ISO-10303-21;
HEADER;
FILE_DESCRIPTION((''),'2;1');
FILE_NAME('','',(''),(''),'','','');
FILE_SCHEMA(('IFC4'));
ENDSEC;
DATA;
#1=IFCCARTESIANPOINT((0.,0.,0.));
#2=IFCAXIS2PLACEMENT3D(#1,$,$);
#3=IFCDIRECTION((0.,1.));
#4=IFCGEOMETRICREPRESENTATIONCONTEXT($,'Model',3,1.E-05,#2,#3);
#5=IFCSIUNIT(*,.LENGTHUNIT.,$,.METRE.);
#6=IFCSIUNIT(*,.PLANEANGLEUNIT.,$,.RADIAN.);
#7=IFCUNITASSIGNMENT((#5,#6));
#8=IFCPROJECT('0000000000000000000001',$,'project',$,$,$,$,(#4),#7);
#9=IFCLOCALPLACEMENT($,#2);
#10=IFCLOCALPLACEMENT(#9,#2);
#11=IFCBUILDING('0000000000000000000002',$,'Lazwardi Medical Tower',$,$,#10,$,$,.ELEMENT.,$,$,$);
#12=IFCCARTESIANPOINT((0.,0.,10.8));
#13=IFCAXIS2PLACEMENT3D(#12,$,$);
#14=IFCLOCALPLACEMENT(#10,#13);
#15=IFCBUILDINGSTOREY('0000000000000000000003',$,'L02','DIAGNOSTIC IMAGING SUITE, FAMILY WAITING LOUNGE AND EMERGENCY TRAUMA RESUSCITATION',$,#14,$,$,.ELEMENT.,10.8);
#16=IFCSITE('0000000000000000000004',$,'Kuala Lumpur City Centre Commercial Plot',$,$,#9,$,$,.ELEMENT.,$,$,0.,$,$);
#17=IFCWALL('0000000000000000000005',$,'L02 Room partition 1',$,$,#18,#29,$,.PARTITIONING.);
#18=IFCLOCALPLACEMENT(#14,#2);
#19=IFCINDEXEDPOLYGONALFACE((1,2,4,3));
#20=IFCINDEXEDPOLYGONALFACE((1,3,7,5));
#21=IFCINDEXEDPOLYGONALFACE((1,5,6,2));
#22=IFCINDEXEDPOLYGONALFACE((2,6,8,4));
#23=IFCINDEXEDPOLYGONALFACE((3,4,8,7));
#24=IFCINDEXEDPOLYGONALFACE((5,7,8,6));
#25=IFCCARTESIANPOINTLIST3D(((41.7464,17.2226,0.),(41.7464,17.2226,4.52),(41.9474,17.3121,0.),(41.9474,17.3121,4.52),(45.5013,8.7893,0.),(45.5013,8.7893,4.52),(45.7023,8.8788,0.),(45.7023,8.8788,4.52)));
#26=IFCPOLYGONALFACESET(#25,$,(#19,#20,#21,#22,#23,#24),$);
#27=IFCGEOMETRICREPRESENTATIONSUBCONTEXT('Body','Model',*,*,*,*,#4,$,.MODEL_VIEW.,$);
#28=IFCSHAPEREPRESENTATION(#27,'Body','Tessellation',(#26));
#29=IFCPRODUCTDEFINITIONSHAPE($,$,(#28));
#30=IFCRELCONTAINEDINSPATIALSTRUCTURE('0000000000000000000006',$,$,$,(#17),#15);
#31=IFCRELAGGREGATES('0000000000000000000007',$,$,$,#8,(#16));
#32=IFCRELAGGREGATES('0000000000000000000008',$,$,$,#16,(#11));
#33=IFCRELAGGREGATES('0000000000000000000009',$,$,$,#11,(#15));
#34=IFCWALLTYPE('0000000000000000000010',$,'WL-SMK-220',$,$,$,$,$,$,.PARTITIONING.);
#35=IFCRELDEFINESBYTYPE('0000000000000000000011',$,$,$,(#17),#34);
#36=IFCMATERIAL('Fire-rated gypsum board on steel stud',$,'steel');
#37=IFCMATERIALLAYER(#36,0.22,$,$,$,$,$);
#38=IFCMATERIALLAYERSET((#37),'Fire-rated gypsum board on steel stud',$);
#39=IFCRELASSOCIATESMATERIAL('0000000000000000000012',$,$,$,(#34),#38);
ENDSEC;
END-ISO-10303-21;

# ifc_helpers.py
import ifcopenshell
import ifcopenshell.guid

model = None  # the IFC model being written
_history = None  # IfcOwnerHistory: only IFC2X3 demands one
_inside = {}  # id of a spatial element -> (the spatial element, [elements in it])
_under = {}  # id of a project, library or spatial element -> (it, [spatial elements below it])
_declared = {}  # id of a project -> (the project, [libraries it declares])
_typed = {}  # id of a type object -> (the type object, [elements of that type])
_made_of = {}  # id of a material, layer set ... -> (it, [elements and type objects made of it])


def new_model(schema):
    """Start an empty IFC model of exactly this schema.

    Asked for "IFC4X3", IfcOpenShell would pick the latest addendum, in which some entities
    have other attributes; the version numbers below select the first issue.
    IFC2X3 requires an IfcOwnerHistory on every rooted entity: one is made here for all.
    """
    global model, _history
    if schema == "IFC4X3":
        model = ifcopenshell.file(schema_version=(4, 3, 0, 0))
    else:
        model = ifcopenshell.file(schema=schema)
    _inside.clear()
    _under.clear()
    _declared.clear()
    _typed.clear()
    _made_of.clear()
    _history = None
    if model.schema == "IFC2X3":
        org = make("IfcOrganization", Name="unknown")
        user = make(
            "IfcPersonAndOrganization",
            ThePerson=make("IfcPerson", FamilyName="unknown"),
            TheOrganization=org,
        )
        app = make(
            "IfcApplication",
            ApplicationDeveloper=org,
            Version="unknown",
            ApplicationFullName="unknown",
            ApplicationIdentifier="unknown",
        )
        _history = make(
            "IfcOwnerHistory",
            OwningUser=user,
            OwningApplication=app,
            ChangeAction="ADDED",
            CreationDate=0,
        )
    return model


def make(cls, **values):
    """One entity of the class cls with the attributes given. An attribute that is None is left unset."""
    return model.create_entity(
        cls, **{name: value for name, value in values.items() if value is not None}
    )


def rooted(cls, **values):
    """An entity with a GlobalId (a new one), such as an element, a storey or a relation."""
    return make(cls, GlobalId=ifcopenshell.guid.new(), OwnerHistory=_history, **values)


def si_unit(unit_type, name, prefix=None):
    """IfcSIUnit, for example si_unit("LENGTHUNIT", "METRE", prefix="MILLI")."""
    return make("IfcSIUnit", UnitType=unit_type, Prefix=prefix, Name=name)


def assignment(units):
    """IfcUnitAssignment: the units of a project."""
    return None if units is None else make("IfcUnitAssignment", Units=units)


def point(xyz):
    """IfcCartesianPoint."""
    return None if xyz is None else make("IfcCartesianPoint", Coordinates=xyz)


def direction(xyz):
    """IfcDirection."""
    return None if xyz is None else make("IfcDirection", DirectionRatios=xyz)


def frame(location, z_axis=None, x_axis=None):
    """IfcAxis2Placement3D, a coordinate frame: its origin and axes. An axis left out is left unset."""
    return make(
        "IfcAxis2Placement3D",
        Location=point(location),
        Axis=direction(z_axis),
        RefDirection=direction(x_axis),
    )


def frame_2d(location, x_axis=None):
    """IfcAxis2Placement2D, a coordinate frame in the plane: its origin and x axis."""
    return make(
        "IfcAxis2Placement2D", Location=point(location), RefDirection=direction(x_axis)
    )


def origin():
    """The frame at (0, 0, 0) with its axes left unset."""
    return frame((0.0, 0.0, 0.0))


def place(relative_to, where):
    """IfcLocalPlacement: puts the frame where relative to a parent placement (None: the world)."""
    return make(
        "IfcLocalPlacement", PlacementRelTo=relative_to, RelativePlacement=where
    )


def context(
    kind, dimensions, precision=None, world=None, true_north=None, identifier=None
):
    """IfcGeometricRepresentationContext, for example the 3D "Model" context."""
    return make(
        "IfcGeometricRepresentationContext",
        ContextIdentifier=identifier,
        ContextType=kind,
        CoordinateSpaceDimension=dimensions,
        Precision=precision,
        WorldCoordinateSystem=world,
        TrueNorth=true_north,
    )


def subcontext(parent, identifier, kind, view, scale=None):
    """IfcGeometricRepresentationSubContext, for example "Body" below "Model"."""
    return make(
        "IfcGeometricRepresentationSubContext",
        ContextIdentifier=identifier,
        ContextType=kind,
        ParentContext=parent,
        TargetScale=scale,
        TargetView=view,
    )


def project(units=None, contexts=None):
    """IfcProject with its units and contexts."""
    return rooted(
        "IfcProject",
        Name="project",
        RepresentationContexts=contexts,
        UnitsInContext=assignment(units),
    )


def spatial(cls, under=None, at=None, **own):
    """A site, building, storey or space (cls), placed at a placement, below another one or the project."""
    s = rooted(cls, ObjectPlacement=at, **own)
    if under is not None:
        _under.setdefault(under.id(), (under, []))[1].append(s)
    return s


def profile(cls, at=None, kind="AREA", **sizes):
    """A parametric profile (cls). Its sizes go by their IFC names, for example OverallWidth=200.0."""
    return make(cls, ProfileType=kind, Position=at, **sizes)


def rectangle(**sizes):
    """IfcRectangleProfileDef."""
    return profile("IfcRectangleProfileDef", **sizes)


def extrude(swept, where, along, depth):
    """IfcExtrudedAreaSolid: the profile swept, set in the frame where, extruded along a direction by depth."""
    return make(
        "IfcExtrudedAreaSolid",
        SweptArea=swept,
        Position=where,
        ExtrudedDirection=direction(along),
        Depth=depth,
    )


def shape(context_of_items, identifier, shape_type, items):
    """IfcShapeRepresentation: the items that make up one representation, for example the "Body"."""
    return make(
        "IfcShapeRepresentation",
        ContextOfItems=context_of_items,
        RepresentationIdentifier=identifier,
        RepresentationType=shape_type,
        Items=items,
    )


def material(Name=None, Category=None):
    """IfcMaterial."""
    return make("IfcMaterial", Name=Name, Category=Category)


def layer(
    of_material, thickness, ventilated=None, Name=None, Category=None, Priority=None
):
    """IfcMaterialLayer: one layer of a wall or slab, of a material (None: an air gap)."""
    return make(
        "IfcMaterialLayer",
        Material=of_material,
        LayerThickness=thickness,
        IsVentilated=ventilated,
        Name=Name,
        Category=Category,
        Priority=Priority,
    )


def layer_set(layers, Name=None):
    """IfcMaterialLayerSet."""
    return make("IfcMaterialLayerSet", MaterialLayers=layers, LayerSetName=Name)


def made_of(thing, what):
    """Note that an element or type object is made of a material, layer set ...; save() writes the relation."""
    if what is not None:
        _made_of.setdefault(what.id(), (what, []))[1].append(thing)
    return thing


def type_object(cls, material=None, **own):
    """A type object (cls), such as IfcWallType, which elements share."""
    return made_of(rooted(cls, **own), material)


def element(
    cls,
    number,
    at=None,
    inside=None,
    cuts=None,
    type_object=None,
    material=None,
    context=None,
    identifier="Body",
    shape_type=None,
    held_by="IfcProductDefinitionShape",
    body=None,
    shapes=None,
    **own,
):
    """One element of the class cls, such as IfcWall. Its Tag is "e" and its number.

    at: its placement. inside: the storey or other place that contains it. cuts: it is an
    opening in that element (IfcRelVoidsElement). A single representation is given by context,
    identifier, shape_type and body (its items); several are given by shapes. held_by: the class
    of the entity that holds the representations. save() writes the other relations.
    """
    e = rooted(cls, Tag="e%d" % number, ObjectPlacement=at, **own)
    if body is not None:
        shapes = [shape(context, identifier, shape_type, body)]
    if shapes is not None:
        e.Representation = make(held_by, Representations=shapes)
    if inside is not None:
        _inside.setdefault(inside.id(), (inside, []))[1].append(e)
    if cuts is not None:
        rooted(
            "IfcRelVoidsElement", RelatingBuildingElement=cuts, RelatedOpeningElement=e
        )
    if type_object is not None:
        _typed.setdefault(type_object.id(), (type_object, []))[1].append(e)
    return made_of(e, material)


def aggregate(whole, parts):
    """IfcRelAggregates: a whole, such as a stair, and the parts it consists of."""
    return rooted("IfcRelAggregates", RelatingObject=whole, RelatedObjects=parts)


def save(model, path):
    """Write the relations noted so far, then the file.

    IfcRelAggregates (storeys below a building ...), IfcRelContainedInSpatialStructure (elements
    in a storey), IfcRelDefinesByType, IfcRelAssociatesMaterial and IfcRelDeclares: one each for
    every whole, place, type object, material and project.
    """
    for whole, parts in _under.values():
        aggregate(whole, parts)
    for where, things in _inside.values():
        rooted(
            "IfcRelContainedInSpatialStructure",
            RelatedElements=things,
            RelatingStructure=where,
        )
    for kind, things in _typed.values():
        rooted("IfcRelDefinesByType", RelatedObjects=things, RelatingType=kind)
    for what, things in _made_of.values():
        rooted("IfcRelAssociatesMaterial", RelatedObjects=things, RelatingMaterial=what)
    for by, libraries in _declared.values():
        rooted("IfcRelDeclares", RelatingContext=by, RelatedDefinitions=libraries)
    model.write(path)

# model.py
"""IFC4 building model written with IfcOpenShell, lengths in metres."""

from ifc_helpers import new_model, si_unit, direction, frame, frame_2d, origin, place, context, subcontext, project, spatial, rectangle, extrude, material, layer, layer_set, type_object, element, save


model = new_model("IFC4")

# Units and contexts
model_context = context("Model", 3, precision=1e-05, world=origin(), true_north=direction((0.0, 1.0)))
body_context = subcontext(model_context, "Body", "Model", "MODEL_VIEW")
ifc_project = project(units=[si_unit("LENGTHUNIT", "METRE"), si_unit("PLANEANGLEUNIT", "RADIAN")], contexts=[model_context])

# Site, building, storey
site_placement = place(None, origin())
site = spatial("IfcSite", under=ifc_project, at=site_placement, Name="Kuala Lumpur City Centre Commercial Plot", CompositionType="ELEMENT", RefElevation=0.0)
building_placement = place(site_placement, origin())
building = spatial("IfcBuilding", under=site, at=building_placement, Name="Lazwardi Medical Tower", CompositionType="ELEMENT")
storey_placement = place(building_placement, frame((0.0, 0.0, 10.8)))
storey = spatial("IfcBuildingStorey", under=building, at=storey_placement, Name="L02", Description="DIAGNOSTIC IMAGING SUITE, FAMILY WAITING LOUNGE AND EMERGENCY TRAUMA RESUSCITATION", CompositionType="ELEMENT", Elevation=10.8)

# Shared definitions
ifc_material_1 = material(Name="Fire-rated gypsum board on steel stud", Category="steel")

# Wall
ifc_layer_1 = layer(ifc_material_1, 0.22)
ifc_layer_set_1 = layer_set([ifc_layer_1], Name="Fire-rated gypsum board on steel stud")
wall_type_1 = type_object("IfcWallType", Name="WL-SMK-220", PredefinedType="PARTITIONING", material=ifc_layer_set_1)
wall_1_placement = place(storey_placement, frame((41.8469, 17.2673, 0.0), z_axis=(0.0, 0.0, 1.0), x_axis=(0.406747, -0.913541, 0.0)))
element("IfcWall", 1, at=wall_1_placement, inside=storey, type_object=wall_type_1, Name="L02 Room partition 1", PredefinedType="PARTITIONING", context=body_context, shape_type="SweptSolid", body=[
    extrude(rectangle(XDim=9.2314, YDim=0.22, at=frame_2d((4.6157, 0.0))), origin(), (0.0, 0.0, 1.0), 4.52),
])

save(model, "model.ifc")
